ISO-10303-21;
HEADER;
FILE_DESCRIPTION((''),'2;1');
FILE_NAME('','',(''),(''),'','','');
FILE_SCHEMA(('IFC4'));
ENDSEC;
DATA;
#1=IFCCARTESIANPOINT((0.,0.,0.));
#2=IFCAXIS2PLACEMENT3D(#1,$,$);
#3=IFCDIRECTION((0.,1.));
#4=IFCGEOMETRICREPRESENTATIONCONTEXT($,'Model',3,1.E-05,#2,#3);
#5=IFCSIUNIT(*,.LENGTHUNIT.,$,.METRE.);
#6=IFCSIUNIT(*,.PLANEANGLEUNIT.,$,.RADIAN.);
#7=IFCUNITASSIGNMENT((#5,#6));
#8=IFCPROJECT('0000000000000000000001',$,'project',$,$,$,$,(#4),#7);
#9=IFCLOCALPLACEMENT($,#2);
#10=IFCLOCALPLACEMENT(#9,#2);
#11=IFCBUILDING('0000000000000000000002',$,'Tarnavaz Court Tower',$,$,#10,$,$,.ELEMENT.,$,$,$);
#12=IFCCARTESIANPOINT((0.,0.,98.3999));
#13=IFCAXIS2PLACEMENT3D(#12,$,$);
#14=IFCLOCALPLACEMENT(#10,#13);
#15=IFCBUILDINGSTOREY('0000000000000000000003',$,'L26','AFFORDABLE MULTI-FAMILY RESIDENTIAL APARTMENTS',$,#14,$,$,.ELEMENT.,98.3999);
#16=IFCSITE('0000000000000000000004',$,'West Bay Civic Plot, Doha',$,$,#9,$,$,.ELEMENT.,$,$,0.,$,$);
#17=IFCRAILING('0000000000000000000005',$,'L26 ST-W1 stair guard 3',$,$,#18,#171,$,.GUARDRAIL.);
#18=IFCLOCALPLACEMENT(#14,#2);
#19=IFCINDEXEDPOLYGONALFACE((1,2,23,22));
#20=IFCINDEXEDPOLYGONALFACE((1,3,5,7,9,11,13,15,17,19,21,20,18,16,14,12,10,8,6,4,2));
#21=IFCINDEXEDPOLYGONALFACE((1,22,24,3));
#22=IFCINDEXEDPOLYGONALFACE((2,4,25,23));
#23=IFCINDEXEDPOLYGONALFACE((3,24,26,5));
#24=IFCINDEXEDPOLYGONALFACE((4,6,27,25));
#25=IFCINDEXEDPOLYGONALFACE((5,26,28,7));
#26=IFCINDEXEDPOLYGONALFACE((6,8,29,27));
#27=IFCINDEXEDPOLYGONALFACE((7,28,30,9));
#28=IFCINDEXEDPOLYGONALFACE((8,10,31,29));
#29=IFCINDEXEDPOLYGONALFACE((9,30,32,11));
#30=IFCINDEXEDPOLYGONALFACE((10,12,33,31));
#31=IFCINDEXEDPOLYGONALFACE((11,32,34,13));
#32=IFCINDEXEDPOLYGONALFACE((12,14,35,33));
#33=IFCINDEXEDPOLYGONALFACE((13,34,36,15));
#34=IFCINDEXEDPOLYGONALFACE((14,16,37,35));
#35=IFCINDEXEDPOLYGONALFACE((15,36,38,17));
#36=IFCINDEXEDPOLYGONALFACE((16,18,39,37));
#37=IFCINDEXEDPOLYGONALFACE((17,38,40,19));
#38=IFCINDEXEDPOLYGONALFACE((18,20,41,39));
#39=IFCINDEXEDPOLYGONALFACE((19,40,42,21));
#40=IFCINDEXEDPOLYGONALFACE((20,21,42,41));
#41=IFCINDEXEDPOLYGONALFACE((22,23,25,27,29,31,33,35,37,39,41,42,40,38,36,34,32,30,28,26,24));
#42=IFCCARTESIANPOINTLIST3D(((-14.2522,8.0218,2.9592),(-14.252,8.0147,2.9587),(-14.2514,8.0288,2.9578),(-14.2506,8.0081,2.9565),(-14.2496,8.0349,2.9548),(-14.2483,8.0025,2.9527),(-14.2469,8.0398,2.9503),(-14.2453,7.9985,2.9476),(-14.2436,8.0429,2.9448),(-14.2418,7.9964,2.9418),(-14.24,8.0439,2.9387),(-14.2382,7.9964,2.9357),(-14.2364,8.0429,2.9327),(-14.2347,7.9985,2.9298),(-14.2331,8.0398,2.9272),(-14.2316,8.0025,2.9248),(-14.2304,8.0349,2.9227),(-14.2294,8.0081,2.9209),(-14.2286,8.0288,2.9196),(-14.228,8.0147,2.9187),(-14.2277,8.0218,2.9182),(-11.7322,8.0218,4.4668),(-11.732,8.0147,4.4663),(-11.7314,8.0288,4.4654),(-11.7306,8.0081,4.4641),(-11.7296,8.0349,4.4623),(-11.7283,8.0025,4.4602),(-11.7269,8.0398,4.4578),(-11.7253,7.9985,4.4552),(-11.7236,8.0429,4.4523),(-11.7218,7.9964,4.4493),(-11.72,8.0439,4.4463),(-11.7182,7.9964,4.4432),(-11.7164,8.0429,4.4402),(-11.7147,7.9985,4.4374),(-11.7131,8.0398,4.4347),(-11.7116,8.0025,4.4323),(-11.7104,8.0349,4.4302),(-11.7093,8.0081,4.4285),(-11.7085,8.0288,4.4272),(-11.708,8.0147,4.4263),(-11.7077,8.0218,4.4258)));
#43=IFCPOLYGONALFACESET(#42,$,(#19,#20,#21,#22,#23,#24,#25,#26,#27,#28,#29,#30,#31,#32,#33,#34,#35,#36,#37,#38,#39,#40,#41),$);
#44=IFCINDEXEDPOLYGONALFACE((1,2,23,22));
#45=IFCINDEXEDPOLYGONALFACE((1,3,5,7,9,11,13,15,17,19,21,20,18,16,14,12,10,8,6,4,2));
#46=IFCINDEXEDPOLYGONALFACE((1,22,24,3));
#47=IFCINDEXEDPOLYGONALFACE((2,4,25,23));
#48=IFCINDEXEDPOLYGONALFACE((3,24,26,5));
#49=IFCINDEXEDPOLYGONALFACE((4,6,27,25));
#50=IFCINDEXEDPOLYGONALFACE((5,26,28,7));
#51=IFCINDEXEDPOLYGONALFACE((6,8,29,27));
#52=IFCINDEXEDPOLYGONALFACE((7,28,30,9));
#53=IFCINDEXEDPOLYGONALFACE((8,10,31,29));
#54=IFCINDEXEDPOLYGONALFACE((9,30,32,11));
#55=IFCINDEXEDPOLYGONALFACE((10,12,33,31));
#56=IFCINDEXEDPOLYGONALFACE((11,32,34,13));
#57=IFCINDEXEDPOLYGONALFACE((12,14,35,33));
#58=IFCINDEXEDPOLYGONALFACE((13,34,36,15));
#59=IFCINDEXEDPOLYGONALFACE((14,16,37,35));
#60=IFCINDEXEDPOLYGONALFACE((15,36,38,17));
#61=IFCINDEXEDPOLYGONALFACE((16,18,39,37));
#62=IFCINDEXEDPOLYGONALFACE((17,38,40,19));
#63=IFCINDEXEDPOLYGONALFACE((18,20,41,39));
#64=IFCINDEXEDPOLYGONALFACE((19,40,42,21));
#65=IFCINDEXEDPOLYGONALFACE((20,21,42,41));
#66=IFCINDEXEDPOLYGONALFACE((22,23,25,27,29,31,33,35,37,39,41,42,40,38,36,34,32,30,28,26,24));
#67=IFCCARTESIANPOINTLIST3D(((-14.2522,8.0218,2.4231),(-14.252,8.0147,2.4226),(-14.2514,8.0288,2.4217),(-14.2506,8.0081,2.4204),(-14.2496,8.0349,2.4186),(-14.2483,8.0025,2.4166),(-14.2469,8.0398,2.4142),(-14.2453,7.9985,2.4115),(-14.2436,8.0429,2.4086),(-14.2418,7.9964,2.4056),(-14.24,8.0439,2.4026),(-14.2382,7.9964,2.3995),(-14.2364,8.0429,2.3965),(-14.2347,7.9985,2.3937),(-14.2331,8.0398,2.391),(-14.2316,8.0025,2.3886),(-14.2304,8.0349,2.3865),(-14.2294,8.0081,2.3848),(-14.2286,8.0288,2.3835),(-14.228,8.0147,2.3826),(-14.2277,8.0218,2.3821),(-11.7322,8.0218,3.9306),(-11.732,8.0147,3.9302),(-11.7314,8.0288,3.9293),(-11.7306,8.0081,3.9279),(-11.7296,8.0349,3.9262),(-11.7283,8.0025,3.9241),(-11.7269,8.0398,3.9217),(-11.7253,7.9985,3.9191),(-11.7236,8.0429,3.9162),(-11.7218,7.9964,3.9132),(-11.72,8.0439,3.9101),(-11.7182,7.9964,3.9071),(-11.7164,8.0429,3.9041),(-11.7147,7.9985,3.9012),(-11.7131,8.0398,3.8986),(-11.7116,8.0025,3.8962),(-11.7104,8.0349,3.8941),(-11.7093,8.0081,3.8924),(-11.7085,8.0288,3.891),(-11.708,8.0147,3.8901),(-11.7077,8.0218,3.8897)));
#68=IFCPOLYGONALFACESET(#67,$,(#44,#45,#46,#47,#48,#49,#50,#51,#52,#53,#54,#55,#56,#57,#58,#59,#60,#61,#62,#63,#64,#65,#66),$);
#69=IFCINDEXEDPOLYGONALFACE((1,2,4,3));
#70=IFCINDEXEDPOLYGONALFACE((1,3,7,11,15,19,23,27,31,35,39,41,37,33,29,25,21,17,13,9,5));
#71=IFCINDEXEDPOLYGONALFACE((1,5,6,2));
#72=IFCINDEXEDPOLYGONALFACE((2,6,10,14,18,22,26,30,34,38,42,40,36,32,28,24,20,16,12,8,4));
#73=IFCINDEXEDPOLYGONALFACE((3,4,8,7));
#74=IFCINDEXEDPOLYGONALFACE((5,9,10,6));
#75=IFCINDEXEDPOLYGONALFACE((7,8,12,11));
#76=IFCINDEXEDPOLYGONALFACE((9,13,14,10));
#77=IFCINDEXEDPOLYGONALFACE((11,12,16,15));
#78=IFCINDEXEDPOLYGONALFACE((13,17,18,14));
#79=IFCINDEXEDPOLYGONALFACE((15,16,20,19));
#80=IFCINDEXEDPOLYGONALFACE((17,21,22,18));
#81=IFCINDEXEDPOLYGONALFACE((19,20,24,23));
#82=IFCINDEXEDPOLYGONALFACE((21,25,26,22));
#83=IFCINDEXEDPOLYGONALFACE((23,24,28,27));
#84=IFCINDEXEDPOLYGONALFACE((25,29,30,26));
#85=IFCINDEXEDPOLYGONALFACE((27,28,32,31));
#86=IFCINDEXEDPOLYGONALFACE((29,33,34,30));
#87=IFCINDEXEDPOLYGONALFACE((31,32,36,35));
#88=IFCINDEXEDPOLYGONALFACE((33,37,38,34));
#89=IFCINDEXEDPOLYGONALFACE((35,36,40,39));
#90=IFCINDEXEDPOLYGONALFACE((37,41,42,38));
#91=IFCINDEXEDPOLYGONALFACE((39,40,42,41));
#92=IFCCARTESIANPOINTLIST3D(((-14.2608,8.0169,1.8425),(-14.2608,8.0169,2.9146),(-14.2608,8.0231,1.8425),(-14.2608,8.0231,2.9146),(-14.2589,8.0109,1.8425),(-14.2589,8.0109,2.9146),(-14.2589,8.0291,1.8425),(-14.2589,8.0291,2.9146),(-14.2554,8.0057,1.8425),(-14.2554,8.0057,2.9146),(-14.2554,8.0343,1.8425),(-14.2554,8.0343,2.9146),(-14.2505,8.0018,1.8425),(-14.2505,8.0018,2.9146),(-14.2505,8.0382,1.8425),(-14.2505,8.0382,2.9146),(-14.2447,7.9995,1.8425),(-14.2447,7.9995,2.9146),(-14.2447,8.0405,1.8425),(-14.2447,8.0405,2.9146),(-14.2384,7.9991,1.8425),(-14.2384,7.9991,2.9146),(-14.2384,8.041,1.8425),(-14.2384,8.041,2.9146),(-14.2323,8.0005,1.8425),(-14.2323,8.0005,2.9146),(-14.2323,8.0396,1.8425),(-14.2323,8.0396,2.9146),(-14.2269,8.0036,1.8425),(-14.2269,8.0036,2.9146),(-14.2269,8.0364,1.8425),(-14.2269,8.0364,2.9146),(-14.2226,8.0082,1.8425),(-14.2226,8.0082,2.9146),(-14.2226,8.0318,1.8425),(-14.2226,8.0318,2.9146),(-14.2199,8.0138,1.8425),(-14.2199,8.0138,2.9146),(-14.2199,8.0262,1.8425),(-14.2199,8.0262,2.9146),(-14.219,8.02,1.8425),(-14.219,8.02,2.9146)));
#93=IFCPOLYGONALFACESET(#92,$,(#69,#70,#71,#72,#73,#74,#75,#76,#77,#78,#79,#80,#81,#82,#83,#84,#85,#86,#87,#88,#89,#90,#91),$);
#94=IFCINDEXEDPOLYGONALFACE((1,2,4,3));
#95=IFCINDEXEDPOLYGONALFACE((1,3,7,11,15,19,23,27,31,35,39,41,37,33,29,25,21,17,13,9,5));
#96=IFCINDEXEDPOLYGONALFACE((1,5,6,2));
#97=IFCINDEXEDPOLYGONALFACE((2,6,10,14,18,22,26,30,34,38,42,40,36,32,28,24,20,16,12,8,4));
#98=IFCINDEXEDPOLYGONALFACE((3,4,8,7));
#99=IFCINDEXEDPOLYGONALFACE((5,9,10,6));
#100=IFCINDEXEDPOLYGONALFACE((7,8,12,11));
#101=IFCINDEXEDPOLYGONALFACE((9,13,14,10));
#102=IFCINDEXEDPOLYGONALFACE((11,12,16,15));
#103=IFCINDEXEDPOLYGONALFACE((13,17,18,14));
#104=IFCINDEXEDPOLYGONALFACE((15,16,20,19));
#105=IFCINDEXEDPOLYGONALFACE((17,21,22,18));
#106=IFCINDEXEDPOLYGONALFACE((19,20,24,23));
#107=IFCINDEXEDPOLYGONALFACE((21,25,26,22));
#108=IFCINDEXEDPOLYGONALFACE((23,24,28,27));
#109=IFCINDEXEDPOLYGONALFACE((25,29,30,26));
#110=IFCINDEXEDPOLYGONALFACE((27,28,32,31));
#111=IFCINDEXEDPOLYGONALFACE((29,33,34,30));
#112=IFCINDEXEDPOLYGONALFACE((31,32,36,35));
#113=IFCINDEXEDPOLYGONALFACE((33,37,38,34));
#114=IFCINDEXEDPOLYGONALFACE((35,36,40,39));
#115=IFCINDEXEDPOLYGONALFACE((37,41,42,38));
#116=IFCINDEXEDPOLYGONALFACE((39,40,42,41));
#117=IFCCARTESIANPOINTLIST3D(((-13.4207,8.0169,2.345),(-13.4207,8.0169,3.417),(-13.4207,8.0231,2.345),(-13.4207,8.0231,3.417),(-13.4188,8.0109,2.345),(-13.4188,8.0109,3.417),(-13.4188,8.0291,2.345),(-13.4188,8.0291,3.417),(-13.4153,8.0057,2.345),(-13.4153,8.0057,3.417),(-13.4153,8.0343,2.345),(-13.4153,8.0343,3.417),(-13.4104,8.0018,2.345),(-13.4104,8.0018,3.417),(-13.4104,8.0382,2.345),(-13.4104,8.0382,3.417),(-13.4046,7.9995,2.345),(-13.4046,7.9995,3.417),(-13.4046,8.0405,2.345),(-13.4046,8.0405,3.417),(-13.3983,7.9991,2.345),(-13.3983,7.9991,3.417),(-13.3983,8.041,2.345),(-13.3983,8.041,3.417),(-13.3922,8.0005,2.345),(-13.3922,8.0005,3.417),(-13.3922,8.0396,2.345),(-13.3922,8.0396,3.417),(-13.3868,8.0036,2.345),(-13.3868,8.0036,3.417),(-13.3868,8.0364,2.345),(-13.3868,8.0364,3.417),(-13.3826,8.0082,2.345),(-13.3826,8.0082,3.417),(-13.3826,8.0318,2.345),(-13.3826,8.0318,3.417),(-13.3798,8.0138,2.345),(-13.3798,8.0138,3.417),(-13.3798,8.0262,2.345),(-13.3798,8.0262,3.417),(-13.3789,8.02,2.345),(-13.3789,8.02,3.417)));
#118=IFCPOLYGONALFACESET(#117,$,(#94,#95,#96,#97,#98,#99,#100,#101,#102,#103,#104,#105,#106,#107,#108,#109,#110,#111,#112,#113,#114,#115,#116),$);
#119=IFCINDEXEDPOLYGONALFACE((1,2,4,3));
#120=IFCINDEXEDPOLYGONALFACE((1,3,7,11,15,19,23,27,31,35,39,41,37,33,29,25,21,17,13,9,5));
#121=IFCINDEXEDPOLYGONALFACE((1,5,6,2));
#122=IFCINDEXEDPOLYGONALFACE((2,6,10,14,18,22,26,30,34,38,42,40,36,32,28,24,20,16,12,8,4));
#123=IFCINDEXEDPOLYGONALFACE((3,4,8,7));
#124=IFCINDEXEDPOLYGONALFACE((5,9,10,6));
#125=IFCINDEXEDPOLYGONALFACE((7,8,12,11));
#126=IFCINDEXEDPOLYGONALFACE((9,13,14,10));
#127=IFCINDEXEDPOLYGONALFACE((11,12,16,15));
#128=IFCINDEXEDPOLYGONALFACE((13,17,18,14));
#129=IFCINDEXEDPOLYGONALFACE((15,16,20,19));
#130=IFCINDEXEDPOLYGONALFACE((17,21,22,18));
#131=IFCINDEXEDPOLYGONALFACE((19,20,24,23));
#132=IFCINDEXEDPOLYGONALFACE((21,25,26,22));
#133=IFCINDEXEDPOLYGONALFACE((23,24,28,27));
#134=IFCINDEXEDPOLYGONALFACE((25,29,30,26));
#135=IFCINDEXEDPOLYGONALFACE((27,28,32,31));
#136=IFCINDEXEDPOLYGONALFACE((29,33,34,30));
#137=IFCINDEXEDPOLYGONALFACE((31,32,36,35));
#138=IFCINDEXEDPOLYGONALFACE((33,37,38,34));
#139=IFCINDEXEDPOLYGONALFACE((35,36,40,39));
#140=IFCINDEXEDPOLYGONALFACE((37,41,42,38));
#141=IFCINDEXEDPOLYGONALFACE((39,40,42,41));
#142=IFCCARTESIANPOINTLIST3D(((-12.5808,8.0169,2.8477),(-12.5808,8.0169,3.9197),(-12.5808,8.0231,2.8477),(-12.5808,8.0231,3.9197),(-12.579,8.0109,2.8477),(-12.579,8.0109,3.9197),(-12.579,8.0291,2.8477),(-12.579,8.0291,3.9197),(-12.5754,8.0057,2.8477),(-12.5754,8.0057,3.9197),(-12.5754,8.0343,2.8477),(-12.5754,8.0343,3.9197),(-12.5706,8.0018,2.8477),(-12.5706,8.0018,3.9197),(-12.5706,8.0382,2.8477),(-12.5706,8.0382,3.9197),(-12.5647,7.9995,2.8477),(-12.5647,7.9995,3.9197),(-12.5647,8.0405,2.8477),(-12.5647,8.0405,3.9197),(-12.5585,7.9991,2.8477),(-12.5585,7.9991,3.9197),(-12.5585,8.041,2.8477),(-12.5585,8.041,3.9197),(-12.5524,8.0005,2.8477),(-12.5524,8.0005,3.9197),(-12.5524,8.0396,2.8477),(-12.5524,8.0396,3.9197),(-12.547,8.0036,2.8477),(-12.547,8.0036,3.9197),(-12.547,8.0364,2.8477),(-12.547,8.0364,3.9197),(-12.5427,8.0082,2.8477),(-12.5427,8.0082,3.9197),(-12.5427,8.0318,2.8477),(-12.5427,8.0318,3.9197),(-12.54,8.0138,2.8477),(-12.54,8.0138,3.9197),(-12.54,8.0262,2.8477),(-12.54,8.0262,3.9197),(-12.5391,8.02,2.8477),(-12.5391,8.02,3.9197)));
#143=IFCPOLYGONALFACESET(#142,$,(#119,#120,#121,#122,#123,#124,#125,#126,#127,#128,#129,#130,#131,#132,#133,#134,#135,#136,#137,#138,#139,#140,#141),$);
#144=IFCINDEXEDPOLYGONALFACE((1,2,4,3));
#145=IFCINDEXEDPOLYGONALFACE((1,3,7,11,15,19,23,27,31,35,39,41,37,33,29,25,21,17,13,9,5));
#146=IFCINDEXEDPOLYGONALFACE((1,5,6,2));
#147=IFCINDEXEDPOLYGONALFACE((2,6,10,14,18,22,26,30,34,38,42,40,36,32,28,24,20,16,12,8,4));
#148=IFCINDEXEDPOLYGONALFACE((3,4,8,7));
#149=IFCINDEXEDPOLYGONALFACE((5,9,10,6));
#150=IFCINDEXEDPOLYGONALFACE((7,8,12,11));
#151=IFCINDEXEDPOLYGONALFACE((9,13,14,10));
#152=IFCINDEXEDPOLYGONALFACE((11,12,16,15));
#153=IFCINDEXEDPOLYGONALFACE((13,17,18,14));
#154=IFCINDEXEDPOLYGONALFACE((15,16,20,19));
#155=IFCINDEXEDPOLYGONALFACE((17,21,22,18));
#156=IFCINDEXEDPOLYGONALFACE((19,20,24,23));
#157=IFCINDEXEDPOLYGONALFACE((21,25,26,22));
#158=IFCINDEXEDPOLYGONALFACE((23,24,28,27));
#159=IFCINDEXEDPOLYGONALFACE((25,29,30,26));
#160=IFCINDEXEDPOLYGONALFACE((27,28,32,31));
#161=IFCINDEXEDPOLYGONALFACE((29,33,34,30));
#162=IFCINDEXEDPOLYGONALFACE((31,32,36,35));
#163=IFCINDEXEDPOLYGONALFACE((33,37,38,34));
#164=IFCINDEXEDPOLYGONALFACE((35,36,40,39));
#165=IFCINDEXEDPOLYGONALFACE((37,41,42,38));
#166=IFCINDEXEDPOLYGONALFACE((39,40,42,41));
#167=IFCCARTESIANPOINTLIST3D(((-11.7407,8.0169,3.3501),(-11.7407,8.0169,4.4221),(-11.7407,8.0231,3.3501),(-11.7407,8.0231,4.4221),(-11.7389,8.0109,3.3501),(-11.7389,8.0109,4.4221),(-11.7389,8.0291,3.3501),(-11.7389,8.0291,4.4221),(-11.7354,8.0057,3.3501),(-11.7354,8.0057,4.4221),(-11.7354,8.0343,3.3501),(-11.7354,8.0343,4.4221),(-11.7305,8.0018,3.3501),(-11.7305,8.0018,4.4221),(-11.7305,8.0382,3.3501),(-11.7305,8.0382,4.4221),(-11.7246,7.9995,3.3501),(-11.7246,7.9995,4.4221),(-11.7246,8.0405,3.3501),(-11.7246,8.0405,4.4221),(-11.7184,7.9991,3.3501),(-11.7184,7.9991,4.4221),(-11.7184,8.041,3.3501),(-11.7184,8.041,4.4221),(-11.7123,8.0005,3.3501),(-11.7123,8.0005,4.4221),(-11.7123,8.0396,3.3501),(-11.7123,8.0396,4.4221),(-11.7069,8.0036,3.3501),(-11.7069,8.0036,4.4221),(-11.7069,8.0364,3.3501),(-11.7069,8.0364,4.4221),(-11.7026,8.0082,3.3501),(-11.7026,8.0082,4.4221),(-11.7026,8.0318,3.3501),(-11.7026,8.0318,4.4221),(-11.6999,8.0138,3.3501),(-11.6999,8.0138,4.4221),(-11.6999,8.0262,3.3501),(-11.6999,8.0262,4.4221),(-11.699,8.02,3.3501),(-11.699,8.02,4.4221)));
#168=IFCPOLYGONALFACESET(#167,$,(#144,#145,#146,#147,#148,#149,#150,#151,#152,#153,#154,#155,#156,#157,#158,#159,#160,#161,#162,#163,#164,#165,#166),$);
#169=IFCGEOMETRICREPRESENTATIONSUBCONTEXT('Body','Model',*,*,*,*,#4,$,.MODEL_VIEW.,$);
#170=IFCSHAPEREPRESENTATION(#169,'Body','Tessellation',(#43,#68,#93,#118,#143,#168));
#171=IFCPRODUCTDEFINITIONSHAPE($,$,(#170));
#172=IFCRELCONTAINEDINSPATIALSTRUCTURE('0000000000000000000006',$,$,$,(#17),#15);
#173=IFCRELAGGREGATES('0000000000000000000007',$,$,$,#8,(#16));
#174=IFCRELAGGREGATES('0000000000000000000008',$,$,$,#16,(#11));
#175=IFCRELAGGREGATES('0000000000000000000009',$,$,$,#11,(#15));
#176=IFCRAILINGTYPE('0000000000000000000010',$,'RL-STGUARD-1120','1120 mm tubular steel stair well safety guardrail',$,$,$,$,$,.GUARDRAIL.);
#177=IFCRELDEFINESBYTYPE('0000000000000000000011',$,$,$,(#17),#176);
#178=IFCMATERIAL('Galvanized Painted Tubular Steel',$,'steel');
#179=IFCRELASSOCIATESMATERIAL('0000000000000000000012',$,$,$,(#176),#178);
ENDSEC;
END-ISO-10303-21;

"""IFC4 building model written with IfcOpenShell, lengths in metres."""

from ifc_helpers import new_model, si_unit, direction, frame, origin, origin_2d, place, context, subcontext, project, spatial, circle, extrude, material, type_object, element, save


model = new_model("IFC4")

# Units and contexts
model_context = context("Model", 3, precision=1e-05, world=origin(), true_north=direction((0.0, 1.0)))
body_context = subcontext(model_context, "Body", "Model", "MODEL_VIEW")
ifc_project = project(units=[si_unit("LENGTHUNIT", "METRE"), si_unit("PLANEANGLEUNIT", "RADIAN")], contexts=[model_context])

# Site, building, storey
site_placement = place(None, origin())
site = spatial("IfcSite", under=ifc_project, at=site_placement, Name="West Bay Civic Plot, Doha", CompositionType="ELEMENT", RefElevation=0.0)
building_placement = place(site_placement, origin())
building = spatial("IfcBuilding", under=site, at=building_placement, Name="Tarnavaz Court Tower", CompositionType="ELEMENT")
storey_placement = place(building_placement, frame((0.0, 0.0, 98.3999)))
storey = spatial("IfcBuildingStorey", under=building, at=storey_placement, Name="L26", Description="AFFORDABLE MULTI-FAMILY RESIDENTIAL APARTMENTS", CompositionType="ELEMENT", Elevation=98.3999)

# Railing
ifc_material_1 = material(Name="Galvanized Painted Tubular Steel", Category="steel")
railing_type_1 = type_object("IfcRailingType", Name="RL-STGUARD-1120", Description="1120 mm tubular steel stair well safety guardrail", PredefinedType="GUARDRAIL", material=ifc_material_1)
railing_1_placement = place(storey_placement, frame((-14.24, 8.02, 1.8425)))
element("IfcRailing", 1, at=railing_1_placement, inside=storey, type_object=railing_type_1, Name="L26 ST-W1 stair guard 3", PredefinedType="GUARDRAIL", context=body_context, shape_type="SweptSolid", body=[
    extrude(circle(Radius=0.0239, at=origin_2d()), frame((0.0, 0.0, 1.0962), z_axis=(0.85816, 0.0, 0.513383), x_axis=(0.0, 1.0, 0.0)), (0.0, 0.0, 1.0), 2.9365),
    extrude(circle(Radius=0.0239, at=origin_2d()), frame((0.0, 0.0, 0.5601), z_axis=(0.85816, 0.0, 0.513383), x_axis=(0.0, 1.0, 0.0)), (0.0, 0.0, 1.0), 2.9365),
    extrude(circle(Radius=0.021, at=origin_2d()), origin(), (0.0, 0.0, 1.0), 1.072),
    extrude(circle(Radius=0.021, at=origin_2d()), frame((0.8401, 0.0, 0.5024)), (0.0, 0.0, 1.0), 1.072),
    extrude(circle(Radius=0.021, at=origin_2d()), frame((1.6799, 0.0, 1.0051)), (0.0, 0.0, 1.0), 1.072),
    extrude(circle(Radius=0.021, at=origin_2d()), frame((2.52, 0.0, 1.5076)), (0.0, 0.0, 1.0), 1.072),
])

save(model, "model.ifc")
